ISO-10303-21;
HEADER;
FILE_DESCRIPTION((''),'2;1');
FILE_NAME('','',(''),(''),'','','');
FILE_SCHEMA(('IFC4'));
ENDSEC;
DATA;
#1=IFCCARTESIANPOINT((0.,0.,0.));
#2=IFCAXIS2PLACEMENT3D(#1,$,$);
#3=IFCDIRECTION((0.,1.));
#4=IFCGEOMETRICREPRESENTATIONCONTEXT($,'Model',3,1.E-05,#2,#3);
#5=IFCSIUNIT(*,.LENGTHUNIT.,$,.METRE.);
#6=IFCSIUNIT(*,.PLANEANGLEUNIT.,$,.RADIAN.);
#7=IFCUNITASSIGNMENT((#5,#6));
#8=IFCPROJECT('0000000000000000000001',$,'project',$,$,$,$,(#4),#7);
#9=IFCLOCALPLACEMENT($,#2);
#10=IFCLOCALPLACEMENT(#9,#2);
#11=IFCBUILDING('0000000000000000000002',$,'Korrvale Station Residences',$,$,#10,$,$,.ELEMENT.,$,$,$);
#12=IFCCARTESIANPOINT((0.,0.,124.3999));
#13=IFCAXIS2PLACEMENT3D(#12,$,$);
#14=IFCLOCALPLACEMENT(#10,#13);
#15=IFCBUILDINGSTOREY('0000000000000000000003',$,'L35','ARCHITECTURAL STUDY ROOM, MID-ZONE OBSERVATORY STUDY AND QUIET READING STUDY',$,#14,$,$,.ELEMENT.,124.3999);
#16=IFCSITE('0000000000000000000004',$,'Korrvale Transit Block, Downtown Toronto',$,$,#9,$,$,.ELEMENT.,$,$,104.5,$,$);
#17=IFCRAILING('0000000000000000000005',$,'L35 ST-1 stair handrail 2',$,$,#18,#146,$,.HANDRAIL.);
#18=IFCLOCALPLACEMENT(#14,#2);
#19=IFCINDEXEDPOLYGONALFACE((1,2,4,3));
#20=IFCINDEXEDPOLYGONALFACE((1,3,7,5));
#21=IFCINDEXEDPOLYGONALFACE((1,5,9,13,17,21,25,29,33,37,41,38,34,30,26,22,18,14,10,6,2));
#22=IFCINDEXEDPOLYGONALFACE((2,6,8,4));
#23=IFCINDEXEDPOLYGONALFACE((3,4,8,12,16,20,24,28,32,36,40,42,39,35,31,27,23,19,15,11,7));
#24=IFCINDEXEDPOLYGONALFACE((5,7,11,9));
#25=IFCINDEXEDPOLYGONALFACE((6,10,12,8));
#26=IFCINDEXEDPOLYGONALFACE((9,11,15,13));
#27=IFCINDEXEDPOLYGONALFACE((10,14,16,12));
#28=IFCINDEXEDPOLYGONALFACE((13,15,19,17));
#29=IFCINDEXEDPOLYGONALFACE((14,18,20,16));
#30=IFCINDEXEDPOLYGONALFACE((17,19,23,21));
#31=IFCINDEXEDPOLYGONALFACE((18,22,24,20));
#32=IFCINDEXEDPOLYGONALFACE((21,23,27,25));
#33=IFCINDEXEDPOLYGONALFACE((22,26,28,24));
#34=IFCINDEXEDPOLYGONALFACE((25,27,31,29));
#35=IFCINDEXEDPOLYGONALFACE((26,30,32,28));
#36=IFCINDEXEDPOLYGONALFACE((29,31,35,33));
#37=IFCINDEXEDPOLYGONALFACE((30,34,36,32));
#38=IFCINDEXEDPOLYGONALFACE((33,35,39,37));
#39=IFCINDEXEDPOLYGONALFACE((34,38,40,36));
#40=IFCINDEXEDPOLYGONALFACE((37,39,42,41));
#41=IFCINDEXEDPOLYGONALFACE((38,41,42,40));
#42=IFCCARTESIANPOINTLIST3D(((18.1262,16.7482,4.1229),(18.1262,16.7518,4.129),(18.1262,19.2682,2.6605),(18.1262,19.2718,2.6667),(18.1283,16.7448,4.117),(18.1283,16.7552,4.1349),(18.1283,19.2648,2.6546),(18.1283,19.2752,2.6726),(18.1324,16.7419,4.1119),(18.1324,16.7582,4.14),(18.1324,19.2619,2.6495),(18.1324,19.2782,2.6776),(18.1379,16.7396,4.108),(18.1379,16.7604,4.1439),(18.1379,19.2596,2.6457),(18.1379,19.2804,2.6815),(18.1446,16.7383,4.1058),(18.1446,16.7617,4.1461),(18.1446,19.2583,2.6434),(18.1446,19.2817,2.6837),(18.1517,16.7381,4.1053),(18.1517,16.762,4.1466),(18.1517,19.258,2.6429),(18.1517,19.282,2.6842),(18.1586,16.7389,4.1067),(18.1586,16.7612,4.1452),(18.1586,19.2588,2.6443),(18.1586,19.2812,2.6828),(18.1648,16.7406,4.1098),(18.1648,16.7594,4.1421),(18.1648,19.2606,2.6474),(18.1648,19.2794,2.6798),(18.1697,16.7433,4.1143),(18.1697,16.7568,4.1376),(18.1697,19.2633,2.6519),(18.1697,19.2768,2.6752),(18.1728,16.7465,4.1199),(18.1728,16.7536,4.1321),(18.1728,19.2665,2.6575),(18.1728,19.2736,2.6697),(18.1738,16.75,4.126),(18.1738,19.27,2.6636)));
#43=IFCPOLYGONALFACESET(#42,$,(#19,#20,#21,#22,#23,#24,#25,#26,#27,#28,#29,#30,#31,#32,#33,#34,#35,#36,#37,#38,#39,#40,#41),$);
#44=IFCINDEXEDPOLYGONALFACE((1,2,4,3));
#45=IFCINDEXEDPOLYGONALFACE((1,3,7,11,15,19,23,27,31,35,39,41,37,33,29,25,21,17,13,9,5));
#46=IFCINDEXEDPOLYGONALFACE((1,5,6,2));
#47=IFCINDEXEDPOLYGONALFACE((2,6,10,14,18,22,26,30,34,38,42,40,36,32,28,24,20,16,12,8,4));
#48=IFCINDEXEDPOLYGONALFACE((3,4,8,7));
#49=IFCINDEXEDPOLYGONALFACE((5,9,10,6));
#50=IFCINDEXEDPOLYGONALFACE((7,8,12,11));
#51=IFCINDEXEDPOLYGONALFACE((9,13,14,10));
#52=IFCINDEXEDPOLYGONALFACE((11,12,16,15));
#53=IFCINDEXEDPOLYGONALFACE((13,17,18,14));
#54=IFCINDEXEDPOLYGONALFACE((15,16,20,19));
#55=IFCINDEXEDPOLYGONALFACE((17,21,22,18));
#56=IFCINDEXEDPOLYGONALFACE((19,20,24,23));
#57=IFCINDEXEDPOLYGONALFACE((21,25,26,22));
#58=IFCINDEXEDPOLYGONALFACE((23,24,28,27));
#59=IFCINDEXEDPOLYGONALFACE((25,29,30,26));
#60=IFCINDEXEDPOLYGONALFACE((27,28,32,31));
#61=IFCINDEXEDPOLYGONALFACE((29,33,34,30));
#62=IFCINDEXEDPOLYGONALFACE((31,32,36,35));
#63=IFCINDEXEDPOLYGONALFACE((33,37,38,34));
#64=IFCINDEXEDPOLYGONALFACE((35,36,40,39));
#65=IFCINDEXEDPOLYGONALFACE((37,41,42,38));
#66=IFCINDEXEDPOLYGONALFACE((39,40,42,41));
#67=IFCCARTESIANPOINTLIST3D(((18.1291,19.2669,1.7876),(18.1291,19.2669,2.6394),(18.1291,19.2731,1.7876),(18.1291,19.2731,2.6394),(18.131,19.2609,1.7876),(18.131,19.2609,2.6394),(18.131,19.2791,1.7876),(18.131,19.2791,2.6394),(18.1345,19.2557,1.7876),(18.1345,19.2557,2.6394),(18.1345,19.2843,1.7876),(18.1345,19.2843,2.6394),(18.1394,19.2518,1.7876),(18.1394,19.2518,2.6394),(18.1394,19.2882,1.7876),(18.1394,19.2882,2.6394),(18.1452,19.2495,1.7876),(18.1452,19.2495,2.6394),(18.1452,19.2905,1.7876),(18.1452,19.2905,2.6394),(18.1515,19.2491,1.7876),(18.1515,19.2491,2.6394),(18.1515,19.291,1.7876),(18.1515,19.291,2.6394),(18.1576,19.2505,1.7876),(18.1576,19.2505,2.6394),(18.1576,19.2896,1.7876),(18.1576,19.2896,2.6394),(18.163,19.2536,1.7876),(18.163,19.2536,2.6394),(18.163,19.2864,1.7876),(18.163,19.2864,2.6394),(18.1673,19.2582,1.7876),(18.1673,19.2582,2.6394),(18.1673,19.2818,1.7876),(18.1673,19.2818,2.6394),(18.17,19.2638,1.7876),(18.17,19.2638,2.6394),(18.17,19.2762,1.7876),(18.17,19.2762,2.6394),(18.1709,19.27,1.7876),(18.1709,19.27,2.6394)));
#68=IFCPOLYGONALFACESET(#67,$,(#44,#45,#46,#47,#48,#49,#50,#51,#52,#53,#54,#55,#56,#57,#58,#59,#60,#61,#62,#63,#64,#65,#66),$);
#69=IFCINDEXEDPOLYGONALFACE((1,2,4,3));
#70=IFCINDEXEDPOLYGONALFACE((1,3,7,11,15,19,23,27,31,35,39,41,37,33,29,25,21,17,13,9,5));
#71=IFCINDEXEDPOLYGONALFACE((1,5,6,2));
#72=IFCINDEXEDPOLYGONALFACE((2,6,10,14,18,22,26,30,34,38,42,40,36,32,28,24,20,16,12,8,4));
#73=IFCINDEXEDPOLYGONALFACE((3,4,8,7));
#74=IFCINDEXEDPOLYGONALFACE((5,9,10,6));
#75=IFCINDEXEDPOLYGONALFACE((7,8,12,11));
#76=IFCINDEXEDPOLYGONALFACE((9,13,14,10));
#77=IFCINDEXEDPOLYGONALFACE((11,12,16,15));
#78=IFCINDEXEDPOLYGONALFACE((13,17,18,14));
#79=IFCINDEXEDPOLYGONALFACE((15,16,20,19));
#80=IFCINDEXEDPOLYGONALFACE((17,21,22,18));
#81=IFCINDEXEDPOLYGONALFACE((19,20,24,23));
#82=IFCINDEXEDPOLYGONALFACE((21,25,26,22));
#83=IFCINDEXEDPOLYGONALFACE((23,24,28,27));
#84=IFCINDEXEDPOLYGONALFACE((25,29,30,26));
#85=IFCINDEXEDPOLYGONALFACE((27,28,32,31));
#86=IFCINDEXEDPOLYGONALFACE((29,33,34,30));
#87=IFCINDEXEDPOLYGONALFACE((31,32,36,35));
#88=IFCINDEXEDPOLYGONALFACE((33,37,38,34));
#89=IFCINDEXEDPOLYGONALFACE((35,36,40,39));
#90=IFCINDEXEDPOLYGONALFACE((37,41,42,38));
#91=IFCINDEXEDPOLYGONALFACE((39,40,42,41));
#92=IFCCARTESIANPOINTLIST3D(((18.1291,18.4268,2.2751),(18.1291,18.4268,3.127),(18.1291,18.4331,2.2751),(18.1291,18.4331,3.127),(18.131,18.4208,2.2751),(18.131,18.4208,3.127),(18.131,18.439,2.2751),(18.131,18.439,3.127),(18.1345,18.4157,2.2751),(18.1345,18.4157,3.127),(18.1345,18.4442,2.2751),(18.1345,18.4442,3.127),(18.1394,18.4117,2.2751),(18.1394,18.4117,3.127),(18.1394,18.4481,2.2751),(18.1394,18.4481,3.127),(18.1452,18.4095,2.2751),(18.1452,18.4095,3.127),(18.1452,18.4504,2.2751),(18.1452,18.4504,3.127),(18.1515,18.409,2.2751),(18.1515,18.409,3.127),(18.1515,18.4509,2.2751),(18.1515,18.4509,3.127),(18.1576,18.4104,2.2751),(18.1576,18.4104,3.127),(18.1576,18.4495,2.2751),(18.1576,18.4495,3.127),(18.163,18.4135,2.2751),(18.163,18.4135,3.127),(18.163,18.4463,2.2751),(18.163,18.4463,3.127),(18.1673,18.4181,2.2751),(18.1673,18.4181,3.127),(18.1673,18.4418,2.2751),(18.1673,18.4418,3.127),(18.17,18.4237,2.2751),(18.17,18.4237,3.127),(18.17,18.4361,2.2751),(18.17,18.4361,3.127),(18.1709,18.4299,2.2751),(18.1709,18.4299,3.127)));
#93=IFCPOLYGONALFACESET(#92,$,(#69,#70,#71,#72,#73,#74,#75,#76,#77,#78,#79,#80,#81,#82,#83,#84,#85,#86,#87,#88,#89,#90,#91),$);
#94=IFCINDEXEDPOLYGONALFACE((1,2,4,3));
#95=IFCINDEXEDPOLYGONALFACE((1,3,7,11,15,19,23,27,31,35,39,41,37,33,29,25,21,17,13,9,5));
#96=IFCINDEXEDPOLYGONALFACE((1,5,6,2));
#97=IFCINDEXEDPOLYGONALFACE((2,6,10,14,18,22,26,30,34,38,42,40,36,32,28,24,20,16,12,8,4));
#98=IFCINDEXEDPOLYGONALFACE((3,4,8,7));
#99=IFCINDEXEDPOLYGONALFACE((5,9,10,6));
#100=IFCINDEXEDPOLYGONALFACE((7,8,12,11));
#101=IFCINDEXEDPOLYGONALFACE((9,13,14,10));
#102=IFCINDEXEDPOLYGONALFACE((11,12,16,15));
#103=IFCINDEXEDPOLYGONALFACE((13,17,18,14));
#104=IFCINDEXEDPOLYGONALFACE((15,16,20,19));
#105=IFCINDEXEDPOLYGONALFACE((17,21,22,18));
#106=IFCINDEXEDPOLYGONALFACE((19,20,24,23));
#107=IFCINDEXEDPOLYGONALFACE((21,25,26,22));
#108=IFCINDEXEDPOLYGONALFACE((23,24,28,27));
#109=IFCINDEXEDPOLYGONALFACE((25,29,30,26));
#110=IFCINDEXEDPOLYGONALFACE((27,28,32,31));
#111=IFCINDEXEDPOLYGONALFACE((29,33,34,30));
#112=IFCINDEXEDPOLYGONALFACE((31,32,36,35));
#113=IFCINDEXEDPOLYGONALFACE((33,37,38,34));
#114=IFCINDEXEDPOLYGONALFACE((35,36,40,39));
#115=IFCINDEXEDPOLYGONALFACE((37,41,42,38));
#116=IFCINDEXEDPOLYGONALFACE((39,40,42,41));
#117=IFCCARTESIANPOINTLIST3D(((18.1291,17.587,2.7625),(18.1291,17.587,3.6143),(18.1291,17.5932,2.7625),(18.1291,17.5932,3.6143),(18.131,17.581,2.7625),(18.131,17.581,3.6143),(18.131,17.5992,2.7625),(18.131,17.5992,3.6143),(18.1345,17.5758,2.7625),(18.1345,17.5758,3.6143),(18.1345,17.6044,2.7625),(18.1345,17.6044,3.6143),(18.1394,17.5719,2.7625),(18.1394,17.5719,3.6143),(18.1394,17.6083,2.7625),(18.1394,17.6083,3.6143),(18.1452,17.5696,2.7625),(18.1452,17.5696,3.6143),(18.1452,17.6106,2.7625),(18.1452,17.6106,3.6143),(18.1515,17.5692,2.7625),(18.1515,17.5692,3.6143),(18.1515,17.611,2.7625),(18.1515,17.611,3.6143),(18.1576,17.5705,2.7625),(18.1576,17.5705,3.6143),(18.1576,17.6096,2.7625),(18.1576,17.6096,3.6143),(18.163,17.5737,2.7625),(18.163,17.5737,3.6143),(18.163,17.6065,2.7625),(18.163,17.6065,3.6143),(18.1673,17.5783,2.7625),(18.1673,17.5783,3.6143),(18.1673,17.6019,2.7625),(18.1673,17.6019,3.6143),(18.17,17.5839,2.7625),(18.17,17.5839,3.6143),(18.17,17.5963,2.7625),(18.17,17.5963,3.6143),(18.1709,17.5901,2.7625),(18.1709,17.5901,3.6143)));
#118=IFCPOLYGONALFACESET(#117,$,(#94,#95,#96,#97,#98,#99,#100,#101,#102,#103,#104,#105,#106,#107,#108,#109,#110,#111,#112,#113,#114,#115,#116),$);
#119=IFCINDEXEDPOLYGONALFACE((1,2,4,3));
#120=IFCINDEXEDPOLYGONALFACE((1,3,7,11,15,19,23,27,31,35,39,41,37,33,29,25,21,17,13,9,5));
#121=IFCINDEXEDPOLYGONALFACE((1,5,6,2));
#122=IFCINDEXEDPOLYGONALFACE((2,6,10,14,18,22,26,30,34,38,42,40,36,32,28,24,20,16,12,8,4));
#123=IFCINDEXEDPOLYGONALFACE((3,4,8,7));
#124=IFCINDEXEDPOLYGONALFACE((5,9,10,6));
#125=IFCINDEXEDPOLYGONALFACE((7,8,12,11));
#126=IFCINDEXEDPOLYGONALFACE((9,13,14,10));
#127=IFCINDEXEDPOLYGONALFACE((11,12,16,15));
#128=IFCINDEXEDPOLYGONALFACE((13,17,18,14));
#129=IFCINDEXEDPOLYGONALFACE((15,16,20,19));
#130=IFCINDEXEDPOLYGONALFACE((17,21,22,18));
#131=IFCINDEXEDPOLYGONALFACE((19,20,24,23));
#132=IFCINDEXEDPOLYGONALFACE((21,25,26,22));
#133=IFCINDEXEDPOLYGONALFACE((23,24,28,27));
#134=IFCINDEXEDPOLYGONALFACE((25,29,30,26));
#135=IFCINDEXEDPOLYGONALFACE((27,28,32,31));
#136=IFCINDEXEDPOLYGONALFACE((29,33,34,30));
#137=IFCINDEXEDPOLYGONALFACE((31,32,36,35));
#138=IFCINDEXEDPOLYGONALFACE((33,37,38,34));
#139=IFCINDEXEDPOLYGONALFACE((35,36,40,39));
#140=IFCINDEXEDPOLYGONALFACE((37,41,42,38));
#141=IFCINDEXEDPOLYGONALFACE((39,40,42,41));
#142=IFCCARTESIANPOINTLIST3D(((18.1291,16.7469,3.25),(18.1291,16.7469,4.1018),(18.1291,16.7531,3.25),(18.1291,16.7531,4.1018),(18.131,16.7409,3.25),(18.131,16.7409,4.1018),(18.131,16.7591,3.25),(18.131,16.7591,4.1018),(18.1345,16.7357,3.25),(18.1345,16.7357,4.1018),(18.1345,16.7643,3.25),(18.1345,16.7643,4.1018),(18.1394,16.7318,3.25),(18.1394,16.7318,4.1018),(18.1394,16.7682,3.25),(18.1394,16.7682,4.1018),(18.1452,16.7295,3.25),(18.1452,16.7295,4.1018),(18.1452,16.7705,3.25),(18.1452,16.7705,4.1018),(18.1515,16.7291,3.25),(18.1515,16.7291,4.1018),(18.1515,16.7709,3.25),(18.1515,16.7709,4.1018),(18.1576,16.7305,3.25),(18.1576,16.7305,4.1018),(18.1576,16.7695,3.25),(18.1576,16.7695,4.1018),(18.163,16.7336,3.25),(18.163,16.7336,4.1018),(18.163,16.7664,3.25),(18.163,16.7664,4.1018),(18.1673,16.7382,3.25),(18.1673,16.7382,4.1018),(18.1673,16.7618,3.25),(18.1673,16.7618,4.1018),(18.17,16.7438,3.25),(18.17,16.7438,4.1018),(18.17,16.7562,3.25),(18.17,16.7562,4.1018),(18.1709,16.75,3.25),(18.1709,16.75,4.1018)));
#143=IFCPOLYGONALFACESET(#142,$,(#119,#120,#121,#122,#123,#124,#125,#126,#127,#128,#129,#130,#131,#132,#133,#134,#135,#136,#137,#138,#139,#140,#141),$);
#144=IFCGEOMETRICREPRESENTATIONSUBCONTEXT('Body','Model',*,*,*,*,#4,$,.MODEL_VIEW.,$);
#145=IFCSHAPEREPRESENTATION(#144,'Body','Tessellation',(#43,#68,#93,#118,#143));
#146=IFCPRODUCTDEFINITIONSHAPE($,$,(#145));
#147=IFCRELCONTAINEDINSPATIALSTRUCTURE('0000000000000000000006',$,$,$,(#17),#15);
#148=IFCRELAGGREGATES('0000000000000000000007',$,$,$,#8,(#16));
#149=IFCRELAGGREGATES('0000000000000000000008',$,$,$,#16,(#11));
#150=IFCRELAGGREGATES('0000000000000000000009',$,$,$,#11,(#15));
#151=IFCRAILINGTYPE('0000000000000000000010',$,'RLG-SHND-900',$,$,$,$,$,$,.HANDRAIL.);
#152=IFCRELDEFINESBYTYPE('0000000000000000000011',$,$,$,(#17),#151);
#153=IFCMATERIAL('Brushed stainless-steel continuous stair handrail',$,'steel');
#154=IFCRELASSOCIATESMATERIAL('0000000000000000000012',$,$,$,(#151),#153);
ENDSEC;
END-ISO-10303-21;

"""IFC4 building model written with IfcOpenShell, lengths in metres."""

from ifc_helpers import new_model, si_unit, direction, frame, origin, origin_2d, place, context, subcontext, project, spatial, circle, extrude, material, type_object, element, save


model = new_model("IFC4")

# Units and contexts
model_context = context("Model", 3, precision=1e-05, world=origin(), true_north=direction((0.0, 1.0)))
body_context = subcontext(model_context, "Body", "Model", "MODEL_VIEW")
ifc_project = project(units=[si_unit("LENGTHUNIT", "METRE"), si_unit("PLANEANGLEUNIT", "RADIAN")], contexts=[model_context])

# Site, building, storey
site_placement = place(None, origin())
site = spatial("IfcSite", under=ifc_project, at=site_placement, Name="Korrvale Transit Block, Downtown Toronto", CompositionType="ELEMENT", RefElevation=104.5)
building_placement = place(site_placement, origin())
building = spatial("IfcBuilding", under=site, at=building_placement, Name="Korrvale Station Residences", CompositionType="ELEMENT")
storey_placement = place(building_placement, frame((0.0, 0.0, 124.3999)))
storey = spatial("IfcBuildingStorey", under=building, at=storey_placement, Name="L35", Description="ARCHITECTURAL STUDY ROOM, MID-ZONE OBSERVATORY STUDY AND QUIET READING STUDY", CompositionType="ELEMENT", Elevation=124.3999)

# Railing
ifc_material_1 = material(Name="Brushed stainless-steel continuous stair handrail", Category="steel")
railing_type_1 = type_object("IfcRailingType", Name="RLG-SHND-900", PredefinedType="HANDRAIL", material=ifc_material_1)
railing_1_placement = place(storey_placement, frame((18.1499, 19.27, 1.7876)))
element("IfcRailing", 1, at=railing_1_placement, inside=storey, type_object=railing_type_1, Name="L35 ST-1 stair handrail 2", PredefinedType="HANDRAIL", context=body_context, shape_type="SweptSolid", body=[
    extrude(circle(Radius=0.0239, at=origin_2d()), frame((0.0, 0.0, 0.876), z_axis=(0.0, -0.864913, 0.501921), x_axis=(1.0, 0.0, 0.0)), (0.0, 0.0, 1.0), 2.9136),
    extrude(circle(Radius=0.021, at=origin_2d()), origin(), (0.0, 0.0, 1.0), 0.8518),
    extrude(circle(Radius=0.021, at=origin_2d()), frame((0.0, -0.8401, 0.4875)), (0.0, 0.0, 1.0), 0.8518),
    extrude(circle(Radius=0.021, at=origin_2d()), frame((0.0, -1.6799, 0.9749)), (0.0, 0.0, 1.0), 0.8518),
    extrude(circle(Radius=0.021, at=origin_2d()), frame((0.0, -2.52, 1.4624)), (0.0, 0.0, 1.0), 0.8518),
])

save(model, "model.ifc")
